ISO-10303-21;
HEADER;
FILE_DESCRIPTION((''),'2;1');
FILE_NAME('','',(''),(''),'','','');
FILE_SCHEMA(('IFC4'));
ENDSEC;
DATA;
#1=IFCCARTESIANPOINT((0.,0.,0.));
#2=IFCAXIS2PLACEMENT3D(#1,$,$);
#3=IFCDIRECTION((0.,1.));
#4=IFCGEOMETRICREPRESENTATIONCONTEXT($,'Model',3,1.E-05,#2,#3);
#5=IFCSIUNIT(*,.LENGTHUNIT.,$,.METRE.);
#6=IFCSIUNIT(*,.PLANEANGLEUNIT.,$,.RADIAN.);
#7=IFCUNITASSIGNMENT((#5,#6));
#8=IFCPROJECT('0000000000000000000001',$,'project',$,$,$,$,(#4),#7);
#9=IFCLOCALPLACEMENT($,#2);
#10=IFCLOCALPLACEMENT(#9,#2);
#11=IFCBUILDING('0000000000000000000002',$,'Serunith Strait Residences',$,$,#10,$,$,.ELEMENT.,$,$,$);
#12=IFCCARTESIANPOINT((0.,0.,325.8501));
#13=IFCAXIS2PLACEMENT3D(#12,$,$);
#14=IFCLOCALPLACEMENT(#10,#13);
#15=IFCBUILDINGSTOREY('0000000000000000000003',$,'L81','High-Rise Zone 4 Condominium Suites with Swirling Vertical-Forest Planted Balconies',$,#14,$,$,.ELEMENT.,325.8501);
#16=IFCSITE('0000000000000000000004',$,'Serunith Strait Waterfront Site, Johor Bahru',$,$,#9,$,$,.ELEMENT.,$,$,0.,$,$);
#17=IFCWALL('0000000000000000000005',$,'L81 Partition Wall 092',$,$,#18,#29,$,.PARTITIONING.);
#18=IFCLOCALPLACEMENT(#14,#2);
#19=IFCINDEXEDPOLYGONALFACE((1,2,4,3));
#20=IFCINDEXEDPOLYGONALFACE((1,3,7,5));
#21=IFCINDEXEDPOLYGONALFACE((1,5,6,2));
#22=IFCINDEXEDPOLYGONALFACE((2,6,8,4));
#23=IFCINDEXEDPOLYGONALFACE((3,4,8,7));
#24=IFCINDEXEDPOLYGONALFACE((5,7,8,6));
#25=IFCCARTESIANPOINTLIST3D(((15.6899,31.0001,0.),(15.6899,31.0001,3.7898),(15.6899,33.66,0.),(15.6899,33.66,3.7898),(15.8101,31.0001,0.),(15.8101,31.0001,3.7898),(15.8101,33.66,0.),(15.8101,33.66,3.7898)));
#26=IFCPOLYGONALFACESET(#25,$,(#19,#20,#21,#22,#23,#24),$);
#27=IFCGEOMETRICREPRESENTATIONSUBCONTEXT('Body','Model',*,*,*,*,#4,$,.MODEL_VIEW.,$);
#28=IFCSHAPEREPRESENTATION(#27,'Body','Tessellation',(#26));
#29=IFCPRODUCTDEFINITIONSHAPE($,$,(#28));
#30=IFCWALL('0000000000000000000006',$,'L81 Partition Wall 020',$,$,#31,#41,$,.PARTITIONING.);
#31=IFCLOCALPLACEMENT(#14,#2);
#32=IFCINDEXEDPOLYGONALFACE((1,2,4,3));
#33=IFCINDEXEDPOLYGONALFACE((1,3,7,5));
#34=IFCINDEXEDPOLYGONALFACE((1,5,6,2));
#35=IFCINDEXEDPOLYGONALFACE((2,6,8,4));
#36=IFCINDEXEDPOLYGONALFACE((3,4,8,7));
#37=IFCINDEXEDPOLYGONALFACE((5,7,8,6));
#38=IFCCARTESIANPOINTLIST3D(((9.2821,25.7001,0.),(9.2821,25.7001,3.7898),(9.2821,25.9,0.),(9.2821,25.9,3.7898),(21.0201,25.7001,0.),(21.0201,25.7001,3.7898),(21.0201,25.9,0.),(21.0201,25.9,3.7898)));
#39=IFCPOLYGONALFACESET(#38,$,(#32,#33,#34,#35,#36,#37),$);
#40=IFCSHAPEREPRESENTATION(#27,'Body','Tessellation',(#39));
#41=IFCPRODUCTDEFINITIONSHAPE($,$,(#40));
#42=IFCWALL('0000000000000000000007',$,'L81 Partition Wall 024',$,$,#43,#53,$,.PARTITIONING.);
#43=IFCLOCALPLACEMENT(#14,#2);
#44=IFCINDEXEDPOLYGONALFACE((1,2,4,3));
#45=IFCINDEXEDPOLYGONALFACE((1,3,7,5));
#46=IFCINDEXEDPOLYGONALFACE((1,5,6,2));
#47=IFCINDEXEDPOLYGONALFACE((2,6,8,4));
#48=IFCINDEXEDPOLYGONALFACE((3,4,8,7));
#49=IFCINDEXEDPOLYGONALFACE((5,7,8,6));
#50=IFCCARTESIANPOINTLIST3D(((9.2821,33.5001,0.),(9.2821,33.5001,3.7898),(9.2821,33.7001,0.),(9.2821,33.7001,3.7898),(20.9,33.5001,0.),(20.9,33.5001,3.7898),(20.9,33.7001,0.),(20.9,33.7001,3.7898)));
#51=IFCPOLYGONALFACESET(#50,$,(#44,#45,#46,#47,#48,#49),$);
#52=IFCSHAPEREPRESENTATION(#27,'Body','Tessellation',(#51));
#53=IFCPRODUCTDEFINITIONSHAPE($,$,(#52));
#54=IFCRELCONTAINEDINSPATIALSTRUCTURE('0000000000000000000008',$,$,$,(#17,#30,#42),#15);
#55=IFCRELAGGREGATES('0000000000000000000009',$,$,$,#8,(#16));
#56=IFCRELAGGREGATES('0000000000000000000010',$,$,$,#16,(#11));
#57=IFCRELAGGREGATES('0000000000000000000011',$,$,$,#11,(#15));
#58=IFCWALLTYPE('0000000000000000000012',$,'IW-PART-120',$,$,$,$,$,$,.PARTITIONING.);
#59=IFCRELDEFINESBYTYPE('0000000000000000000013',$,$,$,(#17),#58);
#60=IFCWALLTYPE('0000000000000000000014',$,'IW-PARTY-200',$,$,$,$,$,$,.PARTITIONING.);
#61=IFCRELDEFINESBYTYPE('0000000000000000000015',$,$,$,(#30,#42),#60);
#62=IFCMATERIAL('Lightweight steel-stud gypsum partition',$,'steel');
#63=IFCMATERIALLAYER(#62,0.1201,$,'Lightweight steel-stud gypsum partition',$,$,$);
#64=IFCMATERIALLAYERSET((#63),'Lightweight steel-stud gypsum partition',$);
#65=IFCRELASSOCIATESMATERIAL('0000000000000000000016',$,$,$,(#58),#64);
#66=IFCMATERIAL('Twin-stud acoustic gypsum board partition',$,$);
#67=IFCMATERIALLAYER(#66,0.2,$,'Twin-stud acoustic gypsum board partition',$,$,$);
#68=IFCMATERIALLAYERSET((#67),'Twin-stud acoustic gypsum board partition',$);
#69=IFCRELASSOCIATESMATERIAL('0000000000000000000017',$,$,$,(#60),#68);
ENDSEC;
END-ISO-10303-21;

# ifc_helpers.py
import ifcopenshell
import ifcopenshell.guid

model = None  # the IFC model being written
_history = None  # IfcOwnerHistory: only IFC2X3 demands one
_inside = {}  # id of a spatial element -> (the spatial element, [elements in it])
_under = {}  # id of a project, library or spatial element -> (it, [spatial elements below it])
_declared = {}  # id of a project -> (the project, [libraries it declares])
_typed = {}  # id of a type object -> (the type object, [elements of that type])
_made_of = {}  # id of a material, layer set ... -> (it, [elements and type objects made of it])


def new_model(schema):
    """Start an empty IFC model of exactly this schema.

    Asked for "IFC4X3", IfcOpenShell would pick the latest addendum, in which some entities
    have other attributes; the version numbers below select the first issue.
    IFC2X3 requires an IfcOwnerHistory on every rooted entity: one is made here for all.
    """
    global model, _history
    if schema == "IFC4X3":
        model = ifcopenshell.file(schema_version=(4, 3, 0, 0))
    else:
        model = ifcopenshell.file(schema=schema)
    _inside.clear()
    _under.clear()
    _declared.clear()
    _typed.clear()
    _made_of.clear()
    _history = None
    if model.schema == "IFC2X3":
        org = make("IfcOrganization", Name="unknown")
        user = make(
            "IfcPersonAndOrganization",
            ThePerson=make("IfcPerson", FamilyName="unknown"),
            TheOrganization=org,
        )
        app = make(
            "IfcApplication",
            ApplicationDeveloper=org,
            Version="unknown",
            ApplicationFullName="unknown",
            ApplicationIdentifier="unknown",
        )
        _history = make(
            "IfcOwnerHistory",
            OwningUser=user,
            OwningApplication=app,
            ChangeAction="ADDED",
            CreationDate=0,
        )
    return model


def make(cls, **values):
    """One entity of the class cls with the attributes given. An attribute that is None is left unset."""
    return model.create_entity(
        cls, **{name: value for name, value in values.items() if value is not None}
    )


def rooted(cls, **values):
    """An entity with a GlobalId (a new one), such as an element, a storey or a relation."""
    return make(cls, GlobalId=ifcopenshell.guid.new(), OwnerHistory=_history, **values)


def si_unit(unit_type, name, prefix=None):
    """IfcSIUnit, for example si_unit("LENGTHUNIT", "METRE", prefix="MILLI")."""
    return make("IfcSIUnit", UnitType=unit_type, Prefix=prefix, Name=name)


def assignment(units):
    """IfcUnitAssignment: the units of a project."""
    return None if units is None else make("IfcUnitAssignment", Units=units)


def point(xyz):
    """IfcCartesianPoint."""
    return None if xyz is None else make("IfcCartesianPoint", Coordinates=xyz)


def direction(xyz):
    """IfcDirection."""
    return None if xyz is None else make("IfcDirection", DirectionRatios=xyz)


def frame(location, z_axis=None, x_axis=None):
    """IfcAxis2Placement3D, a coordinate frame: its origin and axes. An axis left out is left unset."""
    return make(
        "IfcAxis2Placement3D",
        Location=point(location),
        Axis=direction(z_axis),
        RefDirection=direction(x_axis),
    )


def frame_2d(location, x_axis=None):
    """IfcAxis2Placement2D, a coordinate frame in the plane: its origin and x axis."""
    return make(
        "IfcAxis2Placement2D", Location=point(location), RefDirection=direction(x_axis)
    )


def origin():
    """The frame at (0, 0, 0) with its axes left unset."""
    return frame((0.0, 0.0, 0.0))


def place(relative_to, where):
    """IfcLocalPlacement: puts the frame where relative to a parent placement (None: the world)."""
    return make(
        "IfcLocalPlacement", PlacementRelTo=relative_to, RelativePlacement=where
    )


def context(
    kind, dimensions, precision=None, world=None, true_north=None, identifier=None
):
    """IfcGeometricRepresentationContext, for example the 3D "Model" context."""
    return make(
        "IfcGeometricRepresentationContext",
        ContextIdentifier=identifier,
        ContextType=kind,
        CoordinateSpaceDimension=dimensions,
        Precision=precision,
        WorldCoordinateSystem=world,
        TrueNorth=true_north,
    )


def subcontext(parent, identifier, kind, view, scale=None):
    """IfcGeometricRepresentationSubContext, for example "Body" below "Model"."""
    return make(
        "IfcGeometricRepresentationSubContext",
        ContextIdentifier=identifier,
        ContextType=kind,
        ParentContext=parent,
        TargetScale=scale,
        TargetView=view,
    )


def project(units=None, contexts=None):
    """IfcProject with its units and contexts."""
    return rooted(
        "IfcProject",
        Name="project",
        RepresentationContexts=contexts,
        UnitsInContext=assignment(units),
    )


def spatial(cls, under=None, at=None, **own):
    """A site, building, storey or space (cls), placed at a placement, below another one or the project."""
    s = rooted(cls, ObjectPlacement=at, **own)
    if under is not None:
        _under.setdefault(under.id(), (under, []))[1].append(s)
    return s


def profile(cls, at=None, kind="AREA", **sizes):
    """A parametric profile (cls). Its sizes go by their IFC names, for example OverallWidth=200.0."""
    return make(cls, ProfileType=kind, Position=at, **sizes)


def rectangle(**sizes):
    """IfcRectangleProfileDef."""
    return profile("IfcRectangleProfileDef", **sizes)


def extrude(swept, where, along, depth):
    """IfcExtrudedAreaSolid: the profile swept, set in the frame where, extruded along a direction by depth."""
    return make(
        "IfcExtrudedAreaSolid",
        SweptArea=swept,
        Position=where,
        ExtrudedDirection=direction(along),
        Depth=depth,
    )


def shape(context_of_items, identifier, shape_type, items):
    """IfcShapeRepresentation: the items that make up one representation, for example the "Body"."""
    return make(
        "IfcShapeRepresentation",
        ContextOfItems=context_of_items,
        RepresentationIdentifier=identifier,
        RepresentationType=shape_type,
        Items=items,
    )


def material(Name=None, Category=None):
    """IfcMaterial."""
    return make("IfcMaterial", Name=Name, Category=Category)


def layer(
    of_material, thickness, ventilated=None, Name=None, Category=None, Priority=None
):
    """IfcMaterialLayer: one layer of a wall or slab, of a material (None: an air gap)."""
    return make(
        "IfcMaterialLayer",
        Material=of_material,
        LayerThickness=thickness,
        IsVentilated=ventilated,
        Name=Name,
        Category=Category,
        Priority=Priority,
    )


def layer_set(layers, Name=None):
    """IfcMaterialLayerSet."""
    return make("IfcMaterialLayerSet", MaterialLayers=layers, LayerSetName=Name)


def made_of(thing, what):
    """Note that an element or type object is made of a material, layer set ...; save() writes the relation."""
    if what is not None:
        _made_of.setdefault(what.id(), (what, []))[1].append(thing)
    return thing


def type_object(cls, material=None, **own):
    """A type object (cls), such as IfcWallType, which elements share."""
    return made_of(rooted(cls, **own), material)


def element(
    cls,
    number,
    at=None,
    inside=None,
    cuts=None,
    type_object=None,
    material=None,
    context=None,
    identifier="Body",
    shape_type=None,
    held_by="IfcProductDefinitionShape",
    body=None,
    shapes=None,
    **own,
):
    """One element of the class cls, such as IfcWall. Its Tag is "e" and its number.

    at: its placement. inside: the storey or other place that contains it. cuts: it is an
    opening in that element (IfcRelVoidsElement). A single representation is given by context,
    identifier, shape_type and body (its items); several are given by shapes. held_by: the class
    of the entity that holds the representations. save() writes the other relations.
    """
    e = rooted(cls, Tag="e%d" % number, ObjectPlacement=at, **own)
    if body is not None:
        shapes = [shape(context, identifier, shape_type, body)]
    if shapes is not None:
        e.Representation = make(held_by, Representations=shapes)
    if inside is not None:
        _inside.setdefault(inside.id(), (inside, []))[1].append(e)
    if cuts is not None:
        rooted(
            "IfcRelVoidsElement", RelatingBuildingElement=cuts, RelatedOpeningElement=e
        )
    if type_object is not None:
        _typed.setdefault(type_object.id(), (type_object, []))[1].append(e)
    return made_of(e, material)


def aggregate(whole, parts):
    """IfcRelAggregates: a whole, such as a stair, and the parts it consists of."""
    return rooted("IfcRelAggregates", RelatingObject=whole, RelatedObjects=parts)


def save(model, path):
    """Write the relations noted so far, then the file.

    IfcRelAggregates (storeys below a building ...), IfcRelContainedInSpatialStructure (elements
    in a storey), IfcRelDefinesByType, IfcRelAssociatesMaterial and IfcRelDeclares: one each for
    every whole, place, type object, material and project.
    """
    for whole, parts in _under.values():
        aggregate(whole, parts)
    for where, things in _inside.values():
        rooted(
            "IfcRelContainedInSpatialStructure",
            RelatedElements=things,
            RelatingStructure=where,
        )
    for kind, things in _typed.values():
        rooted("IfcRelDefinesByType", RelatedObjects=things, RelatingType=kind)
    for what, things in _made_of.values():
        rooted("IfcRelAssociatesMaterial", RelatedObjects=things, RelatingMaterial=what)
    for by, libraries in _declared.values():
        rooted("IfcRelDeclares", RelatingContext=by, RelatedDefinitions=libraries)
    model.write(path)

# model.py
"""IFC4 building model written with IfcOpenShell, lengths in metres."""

from ifc_helpers import new_model, si_unit, direction, frame, frame_2d, origin, place, context, subcontext, project, spatial, rectangle, extrude, material, layer, layer_set, type_object, element, save


model = new_model("IFC4")

# Units and contexts
model_context = context("Model", 3, precision=1e-05, world=origin(), true_north=direction((0.0, 1.0)))
body_context = subcontext(model_context, "Body", "Model", "MODEL_VIEW")
ifc_project = project(units=[si_unit("LENGTHUNIT", "METRE"), si_unit("PLANEANGLEUNIT", "RADIAN")], contexts=[model_context])

# Site, building, storey
site_placement = place(None, origin())
site = spatial("IfcSite", under=ifc_project, at=site_placement, Name="Serunith Strait Waterfront Site, Johor Bahru", CompositionType="ELEMENT", RefElevation=0.0)
building_placement = place(site_placement, origin())
building = spatial("IfcBuilding", under=site, at=building_placement, Name="Serunith Strait Residences", CompositionType="ELEMENT")
storey_placement = place(building_placement, frame((0.0, 0.0, 325.8501)))
storey = spatial("IfcBuildingStorey", under=building, at=storey_placement, Name="L81", Description="High-Rise Zone 4 Condominium Suites with Swirling Vertical-Forest Planted Balconies", CompositionType="ELEMENT", Elevation=325.8501)

# Shared definitions
ifc_material_1 = material(Name="Lightweight steel-stud gypsum partition", Category="steel")
ifc_layer_1 = layer(ifc_material_1, 0.1201, Name="Lightweight steel-stud gypsum partition")
ifc_layer_set_1 = layer_set([ifc_layer_1], Name="Lightweight steel-stud gypsum partition")
wall_type_1 = type_object("IfcWallType", Name="IW-PART-120", PredefinedType="PARTITIONING", material=ifc_layer_set_1)

# Walls
for number, where, z_axis, x_axis, name in (
    (1, (15.75, 31.0, 0.0), (0.0, 0.0, 1.0), (0.0, 1.0, 0.0), "L81 Partition Wall 092"),
):
    element("IfcWall", number, at=place(storey_placement, frame(where, z_axis=z_axis, x_axis=x_axis)), inside=storey, type_object=wall_type_1, Name=name, PredefinedType="PARTITIONING", context=body_context, shape_type="SweptSolid", body=[
        extrude(rectangle(XDim=2.6599, YDim=0.1201, at=frame_2d((1.3301, 0.0))), origin(), (0.0, 0.0, 1.0), 3.7898),
    ])
ifc_material_2 = material(Name="Twin-stud acoustic gypsum board partition")
ifc_layer_2 = layer(ifc_material_2, 0.2, Name="Twin-stud acoustic gypsum board partition")
ifc_layer_set_2 = layer_set([ifc_layer_2], Name="Twin-stud acoustic gypsum board partition")
wall_type_2 = type_object("IfcWallType", Name="IW-PARTY-200", PredefinedType="PARTITIONING", material=ifc_layer_set_2)
wall_1_placement = place(storey_placement, frame((9.282, 25.8, 0.0), z_axis=(0.0, 0.0, 1.0), x_axis=(1.0, 0.0, 0.0)))
element("IfcWall", 2, at=wall_1_placement, inside=storey, type_object=wall_type_2, Name="L81 Partition Wall 020", PredefinedType="PARTITIONING", context=body_context, shape_type="SweptSolid", body=[
    extrude(rectangle(XDim=11.738, YDim=0.2, at=frame_2d((5.8691, 0.0))), origin(), (0.0, 0.0, 1.0), 3.7898),
])
wall_2_placement = place(storey_placement, frame((9.282, 33.6001, 0.0), z_axis=(0.0, 0.0, 1.0), x_axis=(1.0, 0.0, 0.0)))
element("IfcWall", 3, at=wall_2_placement, inside=storey, type_object=wall_type_2, Name="L81 Partition Wall 024", PredefinedType="PARTITIONING", context=body_context, shape_type="SweptSolid", body=[
    extrude(rectangle(XDim=11.6179, YDim=0.2, at=frame_2d((5.8091, 0.0))), origin(), (0.0, 0.0, 1.0), 3.7898),
])

save(model, "model.ifc")
